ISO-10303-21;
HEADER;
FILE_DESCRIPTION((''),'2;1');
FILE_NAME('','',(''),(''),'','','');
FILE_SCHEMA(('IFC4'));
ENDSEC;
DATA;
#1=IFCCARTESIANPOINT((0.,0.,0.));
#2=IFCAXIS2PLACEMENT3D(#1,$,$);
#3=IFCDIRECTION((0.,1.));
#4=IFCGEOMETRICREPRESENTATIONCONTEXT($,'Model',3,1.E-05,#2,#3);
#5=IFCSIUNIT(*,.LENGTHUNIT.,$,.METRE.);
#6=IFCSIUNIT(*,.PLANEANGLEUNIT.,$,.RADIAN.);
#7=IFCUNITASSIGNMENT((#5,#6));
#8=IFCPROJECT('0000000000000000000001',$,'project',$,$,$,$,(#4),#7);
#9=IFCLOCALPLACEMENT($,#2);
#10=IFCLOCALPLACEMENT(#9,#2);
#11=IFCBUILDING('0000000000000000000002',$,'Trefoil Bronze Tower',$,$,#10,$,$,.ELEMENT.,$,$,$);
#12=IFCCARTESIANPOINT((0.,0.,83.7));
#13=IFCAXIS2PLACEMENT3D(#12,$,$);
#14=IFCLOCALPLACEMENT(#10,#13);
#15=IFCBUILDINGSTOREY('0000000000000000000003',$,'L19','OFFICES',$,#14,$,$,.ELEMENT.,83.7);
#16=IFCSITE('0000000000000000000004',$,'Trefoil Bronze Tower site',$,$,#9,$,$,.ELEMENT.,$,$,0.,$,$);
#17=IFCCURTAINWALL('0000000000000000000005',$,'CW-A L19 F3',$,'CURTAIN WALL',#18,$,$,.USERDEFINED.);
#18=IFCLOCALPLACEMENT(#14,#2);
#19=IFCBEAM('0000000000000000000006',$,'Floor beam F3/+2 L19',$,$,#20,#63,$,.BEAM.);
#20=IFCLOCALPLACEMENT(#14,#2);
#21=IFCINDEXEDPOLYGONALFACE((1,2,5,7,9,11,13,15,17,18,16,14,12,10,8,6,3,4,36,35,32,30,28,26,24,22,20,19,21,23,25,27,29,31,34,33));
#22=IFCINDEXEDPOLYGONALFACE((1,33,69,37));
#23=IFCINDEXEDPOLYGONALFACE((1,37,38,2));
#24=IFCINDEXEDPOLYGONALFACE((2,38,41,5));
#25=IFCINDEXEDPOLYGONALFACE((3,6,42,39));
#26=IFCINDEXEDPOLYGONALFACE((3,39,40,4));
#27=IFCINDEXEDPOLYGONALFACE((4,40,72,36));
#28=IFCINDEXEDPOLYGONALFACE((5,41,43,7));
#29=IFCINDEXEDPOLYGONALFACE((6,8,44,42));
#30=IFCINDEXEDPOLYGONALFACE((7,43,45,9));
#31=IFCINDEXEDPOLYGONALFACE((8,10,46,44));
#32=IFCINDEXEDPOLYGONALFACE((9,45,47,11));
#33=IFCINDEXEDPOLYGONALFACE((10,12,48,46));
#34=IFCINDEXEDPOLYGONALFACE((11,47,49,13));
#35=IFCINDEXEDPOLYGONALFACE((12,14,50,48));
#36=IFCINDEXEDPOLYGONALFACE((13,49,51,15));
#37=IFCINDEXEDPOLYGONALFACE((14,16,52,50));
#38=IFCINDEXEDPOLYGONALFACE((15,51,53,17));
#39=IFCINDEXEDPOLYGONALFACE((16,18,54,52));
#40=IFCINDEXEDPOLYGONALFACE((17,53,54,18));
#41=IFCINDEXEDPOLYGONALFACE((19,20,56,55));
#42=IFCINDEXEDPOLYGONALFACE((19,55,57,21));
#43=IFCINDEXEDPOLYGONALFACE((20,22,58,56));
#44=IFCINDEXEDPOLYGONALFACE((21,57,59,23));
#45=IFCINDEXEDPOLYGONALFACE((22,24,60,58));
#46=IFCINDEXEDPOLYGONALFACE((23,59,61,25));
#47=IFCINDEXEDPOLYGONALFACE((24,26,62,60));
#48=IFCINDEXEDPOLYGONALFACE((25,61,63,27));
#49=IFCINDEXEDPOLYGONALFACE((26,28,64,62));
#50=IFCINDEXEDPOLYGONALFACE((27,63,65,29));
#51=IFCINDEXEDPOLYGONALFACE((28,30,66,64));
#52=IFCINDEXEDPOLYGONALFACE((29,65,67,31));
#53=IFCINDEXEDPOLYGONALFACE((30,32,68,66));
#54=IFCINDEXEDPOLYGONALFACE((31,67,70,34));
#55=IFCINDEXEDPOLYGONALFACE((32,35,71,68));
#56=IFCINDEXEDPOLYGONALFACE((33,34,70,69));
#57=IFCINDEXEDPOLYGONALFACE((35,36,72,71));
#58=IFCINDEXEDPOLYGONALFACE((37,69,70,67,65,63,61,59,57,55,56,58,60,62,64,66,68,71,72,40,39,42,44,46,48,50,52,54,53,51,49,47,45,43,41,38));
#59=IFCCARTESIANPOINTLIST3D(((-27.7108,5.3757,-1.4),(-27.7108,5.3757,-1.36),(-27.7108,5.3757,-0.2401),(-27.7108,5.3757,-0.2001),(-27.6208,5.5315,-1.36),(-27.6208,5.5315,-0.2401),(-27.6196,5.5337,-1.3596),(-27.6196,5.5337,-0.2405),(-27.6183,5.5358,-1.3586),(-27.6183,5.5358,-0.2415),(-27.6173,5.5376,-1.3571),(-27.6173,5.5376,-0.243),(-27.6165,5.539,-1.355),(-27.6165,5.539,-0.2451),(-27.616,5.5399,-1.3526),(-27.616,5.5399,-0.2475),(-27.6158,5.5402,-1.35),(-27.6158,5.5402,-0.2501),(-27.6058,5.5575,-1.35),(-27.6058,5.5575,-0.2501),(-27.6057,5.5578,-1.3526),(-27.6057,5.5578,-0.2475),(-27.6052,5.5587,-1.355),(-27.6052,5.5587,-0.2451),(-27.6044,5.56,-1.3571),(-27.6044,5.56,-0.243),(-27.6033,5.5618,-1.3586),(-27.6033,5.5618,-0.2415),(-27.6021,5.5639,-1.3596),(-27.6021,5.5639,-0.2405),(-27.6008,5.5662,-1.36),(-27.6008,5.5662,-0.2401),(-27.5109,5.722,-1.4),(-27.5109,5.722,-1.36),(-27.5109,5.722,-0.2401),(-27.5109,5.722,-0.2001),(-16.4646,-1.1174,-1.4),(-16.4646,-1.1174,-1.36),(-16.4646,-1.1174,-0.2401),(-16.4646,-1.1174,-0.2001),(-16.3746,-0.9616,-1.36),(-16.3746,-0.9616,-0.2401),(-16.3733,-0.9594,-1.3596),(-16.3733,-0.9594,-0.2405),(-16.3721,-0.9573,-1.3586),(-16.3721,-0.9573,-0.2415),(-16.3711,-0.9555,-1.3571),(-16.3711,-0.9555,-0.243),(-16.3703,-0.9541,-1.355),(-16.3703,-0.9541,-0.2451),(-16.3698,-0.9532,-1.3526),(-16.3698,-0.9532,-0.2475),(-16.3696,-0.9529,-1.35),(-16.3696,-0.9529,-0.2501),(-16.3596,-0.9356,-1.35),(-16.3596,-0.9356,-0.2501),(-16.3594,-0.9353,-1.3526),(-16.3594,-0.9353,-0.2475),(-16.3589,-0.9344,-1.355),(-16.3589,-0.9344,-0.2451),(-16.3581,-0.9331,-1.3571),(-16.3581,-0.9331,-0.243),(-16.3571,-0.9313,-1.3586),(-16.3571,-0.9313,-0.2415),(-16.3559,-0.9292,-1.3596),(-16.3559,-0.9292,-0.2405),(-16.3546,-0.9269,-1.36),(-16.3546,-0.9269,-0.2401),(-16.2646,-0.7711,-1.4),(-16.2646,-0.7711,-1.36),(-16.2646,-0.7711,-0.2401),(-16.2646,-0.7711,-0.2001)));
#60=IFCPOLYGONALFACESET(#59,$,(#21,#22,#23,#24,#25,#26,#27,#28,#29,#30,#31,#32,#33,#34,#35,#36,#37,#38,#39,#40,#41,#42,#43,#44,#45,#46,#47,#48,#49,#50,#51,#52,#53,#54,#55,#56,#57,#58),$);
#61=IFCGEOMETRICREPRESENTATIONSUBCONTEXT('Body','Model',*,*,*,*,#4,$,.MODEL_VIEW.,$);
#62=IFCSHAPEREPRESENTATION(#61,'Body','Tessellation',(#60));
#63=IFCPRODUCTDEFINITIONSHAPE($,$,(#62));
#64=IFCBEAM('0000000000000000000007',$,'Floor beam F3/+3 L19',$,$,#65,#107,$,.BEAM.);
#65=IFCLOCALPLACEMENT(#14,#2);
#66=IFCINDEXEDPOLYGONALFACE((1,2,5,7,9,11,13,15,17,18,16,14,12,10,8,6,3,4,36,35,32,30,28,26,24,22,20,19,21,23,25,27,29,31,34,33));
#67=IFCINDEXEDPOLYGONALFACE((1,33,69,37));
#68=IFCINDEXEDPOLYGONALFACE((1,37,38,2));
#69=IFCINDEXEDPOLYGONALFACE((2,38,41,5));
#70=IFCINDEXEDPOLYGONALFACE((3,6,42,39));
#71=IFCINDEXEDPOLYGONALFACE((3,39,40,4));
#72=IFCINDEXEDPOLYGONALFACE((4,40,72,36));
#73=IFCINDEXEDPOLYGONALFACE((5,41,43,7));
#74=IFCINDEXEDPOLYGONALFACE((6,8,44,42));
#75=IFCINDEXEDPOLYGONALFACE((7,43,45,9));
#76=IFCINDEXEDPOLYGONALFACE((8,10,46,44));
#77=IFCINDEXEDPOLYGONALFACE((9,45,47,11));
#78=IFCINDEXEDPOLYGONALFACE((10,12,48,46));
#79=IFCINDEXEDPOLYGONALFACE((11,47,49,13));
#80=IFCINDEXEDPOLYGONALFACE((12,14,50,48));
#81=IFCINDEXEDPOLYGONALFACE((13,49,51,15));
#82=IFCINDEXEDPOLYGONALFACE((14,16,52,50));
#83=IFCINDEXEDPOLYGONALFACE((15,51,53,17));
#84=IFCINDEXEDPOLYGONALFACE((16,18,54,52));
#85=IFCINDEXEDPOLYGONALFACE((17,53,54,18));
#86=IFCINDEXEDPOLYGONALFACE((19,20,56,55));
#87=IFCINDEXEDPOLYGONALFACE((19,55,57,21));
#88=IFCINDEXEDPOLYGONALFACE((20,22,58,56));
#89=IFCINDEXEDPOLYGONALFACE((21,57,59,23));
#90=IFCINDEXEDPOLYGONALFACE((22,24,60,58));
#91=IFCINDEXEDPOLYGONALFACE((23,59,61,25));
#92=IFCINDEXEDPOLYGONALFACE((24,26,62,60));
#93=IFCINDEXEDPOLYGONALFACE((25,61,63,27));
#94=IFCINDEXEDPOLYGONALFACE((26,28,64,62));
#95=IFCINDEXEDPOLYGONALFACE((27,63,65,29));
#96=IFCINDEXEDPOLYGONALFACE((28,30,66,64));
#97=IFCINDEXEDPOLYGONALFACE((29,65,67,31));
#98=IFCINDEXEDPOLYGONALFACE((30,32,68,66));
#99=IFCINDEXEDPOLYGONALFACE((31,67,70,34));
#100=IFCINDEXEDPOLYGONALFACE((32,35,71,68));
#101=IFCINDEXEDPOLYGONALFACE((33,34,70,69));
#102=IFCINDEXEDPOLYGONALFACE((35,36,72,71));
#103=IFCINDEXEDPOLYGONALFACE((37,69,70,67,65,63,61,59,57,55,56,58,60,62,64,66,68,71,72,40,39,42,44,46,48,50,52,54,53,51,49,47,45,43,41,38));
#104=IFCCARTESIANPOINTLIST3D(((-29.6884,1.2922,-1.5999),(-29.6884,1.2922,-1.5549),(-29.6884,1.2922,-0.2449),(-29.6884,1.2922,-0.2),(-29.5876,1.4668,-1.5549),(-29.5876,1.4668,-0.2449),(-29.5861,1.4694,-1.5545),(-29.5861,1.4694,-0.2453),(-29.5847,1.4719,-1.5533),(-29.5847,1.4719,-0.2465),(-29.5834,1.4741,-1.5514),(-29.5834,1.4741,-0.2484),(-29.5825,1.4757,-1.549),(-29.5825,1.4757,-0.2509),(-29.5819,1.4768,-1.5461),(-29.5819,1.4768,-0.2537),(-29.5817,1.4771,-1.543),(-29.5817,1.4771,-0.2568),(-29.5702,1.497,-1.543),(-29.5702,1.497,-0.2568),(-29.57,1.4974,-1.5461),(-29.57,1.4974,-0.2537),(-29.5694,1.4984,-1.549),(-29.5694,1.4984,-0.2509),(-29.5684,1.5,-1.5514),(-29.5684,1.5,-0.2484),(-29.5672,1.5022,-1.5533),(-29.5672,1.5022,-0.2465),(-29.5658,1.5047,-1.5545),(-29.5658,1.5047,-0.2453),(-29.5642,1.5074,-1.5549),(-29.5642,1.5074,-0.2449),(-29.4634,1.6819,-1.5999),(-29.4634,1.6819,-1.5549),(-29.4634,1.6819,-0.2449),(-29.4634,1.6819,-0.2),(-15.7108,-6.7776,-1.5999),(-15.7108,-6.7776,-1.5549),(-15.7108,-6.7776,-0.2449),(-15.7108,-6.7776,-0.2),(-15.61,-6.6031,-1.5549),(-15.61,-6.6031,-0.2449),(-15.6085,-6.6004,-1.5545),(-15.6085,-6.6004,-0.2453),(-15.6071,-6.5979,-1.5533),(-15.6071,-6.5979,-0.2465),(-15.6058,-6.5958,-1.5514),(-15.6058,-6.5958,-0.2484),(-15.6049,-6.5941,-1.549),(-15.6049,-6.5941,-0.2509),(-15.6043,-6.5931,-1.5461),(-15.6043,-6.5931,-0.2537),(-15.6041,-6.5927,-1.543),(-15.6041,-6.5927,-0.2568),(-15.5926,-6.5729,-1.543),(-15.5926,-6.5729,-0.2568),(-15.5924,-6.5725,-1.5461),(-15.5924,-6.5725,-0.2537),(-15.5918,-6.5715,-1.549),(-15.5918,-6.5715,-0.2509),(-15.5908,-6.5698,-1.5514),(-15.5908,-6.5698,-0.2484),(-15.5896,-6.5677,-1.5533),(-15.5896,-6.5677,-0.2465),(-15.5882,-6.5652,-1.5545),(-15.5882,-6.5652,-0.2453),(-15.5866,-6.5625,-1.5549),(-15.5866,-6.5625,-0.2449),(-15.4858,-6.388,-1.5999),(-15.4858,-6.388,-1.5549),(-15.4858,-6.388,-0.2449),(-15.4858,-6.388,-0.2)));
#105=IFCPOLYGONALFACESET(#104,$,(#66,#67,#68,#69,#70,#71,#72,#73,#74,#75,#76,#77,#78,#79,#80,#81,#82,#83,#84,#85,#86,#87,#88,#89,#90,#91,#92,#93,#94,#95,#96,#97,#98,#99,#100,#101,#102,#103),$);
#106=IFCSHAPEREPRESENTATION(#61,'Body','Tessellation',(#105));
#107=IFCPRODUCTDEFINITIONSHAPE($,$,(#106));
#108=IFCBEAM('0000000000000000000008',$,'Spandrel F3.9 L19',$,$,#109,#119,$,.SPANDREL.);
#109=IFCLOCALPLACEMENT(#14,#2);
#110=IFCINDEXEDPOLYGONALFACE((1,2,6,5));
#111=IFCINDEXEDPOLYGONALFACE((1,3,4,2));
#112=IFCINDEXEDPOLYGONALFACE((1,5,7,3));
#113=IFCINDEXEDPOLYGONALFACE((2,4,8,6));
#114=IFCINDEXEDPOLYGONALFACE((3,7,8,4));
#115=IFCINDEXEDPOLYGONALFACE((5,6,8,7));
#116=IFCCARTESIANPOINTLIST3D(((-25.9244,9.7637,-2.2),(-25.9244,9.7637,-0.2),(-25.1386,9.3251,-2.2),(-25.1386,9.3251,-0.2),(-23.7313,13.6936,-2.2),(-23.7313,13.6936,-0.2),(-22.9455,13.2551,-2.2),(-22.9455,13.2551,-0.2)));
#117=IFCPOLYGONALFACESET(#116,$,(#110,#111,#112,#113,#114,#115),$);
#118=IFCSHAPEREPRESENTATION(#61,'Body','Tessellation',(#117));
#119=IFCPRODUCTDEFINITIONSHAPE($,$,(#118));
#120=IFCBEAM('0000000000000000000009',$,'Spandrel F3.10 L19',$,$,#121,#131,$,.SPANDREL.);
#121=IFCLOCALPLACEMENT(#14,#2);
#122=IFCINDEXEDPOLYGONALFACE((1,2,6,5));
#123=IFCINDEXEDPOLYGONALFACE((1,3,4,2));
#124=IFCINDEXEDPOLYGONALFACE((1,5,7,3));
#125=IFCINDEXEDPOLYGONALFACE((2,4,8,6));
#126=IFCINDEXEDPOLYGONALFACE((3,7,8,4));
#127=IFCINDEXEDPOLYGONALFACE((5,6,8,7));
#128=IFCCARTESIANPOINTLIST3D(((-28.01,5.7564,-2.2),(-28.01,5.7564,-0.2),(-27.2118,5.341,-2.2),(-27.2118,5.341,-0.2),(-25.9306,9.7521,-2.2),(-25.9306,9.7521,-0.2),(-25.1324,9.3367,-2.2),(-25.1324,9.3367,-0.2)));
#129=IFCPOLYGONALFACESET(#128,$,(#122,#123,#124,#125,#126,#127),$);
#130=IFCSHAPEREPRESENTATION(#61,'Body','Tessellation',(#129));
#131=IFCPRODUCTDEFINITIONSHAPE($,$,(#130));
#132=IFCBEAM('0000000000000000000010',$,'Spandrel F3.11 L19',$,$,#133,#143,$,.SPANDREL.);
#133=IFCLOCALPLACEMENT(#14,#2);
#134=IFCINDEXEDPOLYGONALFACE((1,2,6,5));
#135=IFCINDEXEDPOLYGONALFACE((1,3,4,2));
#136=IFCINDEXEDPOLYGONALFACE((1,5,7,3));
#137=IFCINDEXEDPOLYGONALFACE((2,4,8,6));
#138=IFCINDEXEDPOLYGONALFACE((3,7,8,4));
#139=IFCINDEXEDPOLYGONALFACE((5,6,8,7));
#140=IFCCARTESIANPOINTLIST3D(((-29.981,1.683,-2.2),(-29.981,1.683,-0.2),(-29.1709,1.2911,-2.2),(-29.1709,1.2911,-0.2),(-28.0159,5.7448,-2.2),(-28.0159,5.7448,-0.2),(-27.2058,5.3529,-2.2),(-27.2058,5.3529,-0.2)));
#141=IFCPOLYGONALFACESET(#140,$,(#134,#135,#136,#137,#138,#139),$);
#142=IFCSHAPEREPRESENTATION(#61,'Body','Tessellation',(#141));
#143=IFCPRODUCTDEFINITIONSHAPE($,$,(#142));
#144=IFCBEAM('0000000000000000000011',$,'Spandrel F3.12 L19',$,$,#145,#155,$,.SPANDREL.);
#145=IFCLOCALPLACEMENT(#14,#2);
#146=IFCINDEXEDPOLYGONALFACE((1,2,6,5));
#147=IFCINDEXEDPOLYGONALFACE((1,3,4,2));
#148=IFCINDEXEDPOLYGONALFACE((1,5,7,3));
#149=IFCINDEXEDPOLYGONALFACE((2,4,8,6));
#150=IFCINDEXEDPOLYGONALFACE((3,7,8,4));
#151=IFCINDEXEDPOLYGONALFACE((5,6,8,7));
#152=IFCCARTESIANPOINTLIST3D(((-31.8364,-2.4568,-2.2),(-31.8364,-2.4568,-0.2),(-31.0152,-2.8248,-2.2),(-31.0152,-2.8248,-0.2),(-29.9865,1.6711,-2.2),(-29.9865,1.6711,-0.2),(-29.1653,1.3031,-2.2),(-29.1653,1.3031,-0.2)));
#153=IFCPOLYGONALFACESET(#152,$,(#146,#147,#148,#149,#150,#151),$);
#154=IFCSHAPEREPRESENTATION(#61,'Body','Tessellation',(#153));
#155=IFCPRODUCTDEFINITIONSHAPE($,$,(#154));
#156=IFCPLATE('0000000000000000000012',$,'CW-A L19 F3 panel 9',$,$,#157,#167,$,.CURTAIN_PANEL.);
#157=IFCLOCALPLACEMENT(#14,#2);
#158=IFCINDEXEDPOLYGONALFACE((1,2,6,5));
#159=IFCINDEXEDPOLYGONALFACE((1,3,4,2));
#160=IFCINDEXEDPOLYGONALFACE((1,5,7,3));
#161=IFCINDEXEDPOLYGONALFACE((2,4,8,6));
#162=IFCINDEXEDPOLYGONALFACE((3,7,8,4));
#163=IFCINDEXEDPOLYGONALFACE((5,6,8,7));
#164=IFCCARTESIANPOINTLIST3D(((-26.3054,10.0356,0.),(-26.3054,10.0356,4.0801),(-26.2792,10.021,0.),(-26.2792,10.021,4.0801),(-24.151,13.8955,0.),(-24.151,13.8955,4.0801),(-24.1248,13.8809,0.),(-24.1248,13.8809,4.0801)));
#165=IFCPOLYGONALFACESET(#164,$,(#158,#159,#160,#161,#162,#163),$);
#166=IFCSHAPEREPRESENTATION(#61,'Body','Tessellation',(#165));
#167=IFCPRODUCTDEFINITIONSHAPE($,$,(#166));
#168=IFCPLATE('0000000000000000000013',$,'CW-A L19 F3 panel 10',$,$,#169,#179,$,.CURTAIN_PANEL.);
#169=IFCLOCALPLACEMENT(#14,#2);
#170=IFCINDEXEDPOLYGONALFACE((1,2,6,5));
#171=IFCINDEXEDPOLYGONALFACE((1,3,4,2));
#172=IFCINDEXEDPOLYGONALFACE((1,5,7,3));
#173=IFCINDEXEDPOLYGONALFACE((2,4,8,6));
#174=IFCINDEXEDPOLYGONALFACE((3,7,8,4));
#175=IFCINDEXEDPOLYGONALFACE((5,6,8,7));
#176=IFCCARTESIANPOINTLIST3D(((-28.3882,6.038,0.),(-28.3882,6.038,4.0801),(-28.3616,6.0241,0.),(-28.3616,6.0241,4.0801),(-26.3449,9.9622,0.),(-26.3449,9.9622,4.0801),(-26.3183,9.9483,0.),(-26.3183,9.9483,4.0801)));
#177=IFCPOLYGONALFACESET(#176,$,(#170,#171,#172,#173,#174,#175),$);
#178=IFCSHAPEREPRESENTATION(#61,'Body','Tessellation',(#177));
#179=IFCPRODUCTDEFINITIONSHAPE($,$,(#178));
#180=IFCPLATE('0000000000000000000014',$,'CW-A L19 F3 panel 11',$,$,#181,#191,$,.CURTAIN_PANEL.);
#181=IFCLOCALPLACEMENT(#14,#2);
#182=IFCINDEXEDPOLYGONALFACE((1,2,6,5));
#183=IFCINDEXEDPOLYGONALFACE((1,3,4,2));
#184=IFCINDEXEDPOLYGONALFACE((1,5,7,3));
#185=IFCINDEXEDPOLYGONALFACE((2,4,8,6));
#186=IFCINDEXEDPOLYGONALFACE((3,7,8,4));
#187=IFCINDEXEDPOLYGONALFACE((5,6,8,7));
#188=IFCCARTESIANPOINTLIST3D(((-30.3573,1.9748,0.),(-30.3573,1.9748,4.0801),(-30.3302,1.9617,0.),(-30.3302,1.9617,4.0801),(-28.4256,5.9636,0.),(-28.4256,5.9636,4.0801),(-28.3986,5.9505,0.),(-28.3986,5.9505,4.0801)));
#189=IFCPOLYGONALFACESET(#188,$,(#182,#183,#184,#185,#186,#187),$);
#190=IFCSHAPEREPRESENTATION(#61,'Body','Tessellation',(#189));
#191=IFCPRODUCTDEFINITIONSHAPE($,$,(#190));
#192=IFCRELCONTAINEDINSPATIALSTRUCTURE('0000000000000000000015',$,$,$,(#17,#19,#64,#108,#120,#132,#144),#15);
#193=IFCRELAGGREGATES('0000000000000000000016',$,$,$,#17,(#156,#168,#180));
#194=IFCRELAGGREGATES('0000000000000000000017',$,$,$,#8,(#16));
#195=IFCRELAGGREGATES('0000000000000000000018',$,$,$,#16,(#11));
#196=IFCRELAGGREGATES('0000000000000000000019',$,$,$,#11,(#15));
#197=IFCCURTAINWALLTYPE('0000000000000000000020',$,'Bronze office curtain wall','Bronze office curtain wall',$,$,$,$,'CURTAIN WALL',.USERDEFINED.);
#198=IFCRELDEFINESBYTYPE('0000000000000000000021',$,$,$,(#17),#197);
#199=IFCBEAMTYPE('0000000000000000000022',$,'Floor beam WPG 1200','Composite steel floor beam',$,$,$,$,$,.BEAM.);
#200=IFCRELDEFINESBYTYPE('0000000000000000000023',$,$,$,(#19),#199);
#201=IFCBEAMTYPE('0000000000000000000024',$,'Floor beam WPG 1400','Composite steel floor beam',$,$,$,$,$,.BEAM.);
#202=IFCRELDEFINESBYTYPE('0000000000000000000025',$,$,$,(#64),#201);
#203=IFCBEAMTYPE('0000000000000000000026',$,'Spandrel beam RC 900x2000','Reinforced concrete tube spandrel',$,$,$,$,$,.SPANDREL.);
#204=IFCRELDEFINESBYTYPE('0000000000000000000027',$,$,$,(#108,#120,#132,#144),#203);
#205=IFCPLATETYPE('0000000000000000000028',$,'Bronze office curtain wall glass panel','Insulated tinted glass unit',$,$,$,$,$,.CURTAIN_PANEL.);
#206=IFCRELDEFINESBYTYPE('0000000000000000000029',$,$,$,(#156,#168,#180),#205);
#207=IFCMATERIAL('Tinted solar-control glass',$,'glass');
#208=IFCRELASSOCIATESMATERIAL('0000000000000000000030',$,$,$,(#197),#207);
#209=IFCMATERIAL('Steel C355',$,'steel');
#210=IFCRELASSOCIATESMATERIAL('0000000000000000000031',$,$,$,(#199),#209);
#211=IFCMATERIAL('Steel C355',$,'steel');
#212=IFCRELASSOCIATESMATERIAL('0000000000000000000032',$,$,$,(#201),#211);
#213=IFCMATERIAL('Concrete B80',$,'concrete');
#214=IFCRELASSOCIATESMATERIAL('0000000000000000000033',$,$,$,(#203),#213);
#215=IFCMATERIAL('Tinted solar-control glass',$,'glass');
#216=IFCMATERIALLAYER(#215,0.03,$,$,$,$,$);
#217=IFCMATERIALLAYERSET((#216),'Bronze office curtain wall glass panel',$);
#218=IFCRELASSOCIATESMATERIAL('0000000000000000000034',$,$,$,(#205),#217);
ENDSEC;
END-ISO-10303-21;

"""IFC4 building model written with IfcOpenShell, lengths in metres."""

from ifc_helpers import new_model, si_unit, direction, frame, origin, origin_2d, place, context, subcontext, project, spatial, rectangle, i_section, extrude, material, layer, layer_set, material_profile, profile_set, type_object, element, aggregate, save


model = new_model("IFC4")

# Units and contexts
model_context = context("Model", 3, precision=1e-05, world=origin(), true_north=direction((0.0, 1.0)))
body_context = subcontext(model_context, "Body", "Model", "MODEL_VIEW")
ifc_project = project(units=[si_unit("LENGTHUNIT", "METRE"), si_unit("PLANEANGLEUNIT", "RADIAN")], contexts=[model_context])

# Site, building, storey
site_placement = place(None, origin())
site = spatial("IfcSite", under=ifc_project, at=site_placement, Name="Trefoil Bronze Tower site", CompositionType="ELEMENT", RefElevation=0.0)
building_placement = place(site_placement, origin())
building = spatial("IfcBuilding", under=site, at=building_placement, Name="Trefoil Bronze Tower", CompositionType="ELEMENT")
storey_placement = place(building_placement, frame((0.0, 0.0, 83.7)))
storey = spatial("IfcBuildingStorey", under=building, at=storey_placement, Name="L19", Description="OFFICES", CompositionType="ELEMENT", Elevation=83.7)

# Curtain wall
ifc_material_1 = material(Name="Tinted solar-control glass", Category="glass")
curtain_wall_type = type_object("IfcCurtainWallType", Name="Bronze office curtain wall", Description="Bronze office curtain wall", ElementType="CURTAIN WALL", PredefinedType="USERDEFINED", material=ifc_material_1)
curtain_wall_placement = place(storey_placement, origin())
curtain_wall = element("IfcCurtainWall", 1, at=curtain_wall_placement, inside=storey, type_object=curtain_wall_type, Name="CW-A L19 F3", ObjectType="CURTAIN WALL", PredefinedType="USERDEFINED")

# Beams
ifc_material_2 = material(Name="Steel C355", Category="steel")
ifc_material_profile_1 = material_profile(ifc_material_2, i_section(OverallWidth=0.3999, OverallDepth=1.2, WebThickness=0.02, FlangeThickness=0.04, FilletRadius=0.01, at=origin_2d()), Name="WPG 1200")
ifc_profile_set_1 = profile_set([ifc_material_profile_1], Name="Steel C355")
beam_type_1 = type_object("IfcBeamType", Name="Floor beam WPG 1200", Description="Composite steel floor beam", PredefinedType="BEAM", material=ifc_profile_set_1)
beam_1_placement = place(storey_placement, frame((-27.6108, 5.5488, -0.8), z_axis=(0.866022, -0.500005, 0.0), x_axis=(0.500005, 0.866022, 0.0)))
element("IfcBeam", 2, at=beam_1_placement, inside=storey, type_object=beam_type_1, Name="Floor beam F3/+2 L19", PredefinedType="BEAM", context=body_context, shape_type="SweptSolid", body=[
    extrude(i_section(OverallWidth=0.3999, OverallDepth=1.2, WebThickness=0.02, FlangeThickness=0.04, FilletRadius=0.01, at=origin_2d()), origin(), (0.0, 0.0, 1.0), 12.9861),
])
ifc_material_3 = material(Name="Steel C355", Category="steel")
ifc_material_profile_2 = material_profile(ifc_material_3, i_section(OverallWidth=0.45, OverallDepth=1.3999, WebThickness=0.0229, FlangeThickness=0.0449, FilletRadius=0.012, at=origin_2d()), Name="WPG 1400")
ifc_profile_set_2 = profile_set([ifc_material_profile_2], Name="Steel C355")
beam_type_2 = type_object("IfcBeamType", Name="Floor beam WPG 1400", Description="Composite steel floor beam", PredefinedType="BEAM", material=ifc_profile_set_2)
beam_2_placement = place(storey_placement, frame((-29.5759, 1.4871, -0.8999), z_axis=(0.866028, -0.499995, 0.0), x_axis=(0.499995, 0.866028, 0.0)))
element("IfcBeam", 3, at=beam_2_placement, inside=storey, type_object=beam_type_2, Name="Floor beam F3/+3 L19", PredefinedType="BEAM", context=body_context, shape_type="SweptSolid", body=[
    extrude(i_section(OverallWidth=0.45, OverallDepth=1.3999, WebThickness=0.0229, FlangeThickness=0.0449, FilletRadius=0.012, at=origin_2d()), origin(), (0.0, 0.0, 1.0), 16.1399),
])
ifc_material_4 = material(Name="Concrete B80", Category="concrete")
ifc_material_profile_3 = material_profile(ifc_material_4, rectangle(XDim=0.8999, YDim=2.0, at=origin_2d()), Name="RC 900x2000")
ifc_profile_set_3 = profile_set([ifc_material_profile_3], Name="Concrete B80")
beam_type_3 = type_object("IfcBeamType", Name="Spandrel beam RC 900x2000", Description="Reinforced concrete tube spandrel", PredefinedType="SPANDREL", material=ifc_profile_set_3)
beam_3_placement = place(storey_placement, frame((-23.3384, 13.4744, -1.2), z_axis=(-0.487309, -0.873229, 0.0), x_axis=(0.873229, -0.487309, 0.0)))
element("IfcBeam", 4, at=beam_3_placement, inside=storey, type_object=beam_type_3, Name="Spandrel F3.9 L19", PredefinedType="SPANDREL", context=body_context, shape_type="SweptSolid", body=[
    extrude(rectangle(XDim=0.8999, YDim=2.0, at=origin_2d()), origin(), (0.0, 0.0, 1.0), 4.5005),
])
beam_4_placement = place(storey_placement, frame((-25.5315, 9.5444, -1.2), z_axis=(-0.461638, -0.887069, 0.0), x_axis=(0.887069, -0.461638, 0.0)))
element("IfcBeam", 5, at=beam_4_placement, inside=storey, type_object=beam_type_3, Name="Spandrel F3.10 L19", PredefinedType="SPANDREL", context=body_context, shape_type="SweptSolid", body=[
    extrude(rectangle(XDim=0.8999, YDim=2.0, at=origin_2d()), origin(), (0.0, 0.0, 1.0), 4.5044),
])
beam_5_placement = place(storey_placement, frame((-27.6108, 5.5488, -1.2), z_axis=(-0.43551, -0.900184, 0.0), x_axis=(0.900184, -0.43551, 0.0)))
element("IfcBeam", 6, at=beam_5_placement, inside=storey, type_object=beam_type_3, Name="Spandrel F3.11 L19", PredefinedType="SPANDREL", context=body_context, shape_type="SweptSolid", body=[
    extrude(rectangle(XDim=0.8999, YDim=2.0, at=origin_2d()), origin(), (0.0, 0.0, 1.0), 4.5122),
])
beam_6_placement = place(storey_placement, frame((-29.5759, 1.4871, -1.2), z_axis=(-0.408946, -0.912559, 0.0), x_axis=(0.912559, -0.408946, 0.0)))
element("IfcBeam", 7, at=beam_6_placement, inside=storey, type_object=beam_type_3, Name="Spandrel F3.12 L19", PredefinedType="SPANDREL", context=body_context, shape_type="SweptSolid", body=[
    extrude(rectangle(XDim=0.8999, YDim=2.0, at=origin_2d()), origin(), (0.0, 0.0, 1.0), 4.5234),
])

# Plates
ifc_material_5 = material(Name="Tinted solar-control glass", Category="glass")
ifc_layer_1 = layer(ifc_material_5, 0.03)
ifc_layer_set_1 = layer_set([ifc_layer_1], Name="Bronze office curtain wall glass panel")
plate_type = type_object("IfcPlateType", Name="Bronze office curtain wall glass panel", Description="Insulated tinted glass unit", PredefinedType="CURTAIN_PANEL", material=ifc_layer_set_1)
plate_1_placement = place(storey_placement, frame((-25.2151, 11.9583, 0.0), z_axis=(0.0, 0.0, 1.0), x_axis=(-0.487382, -0.873189, 0.0)))
plate_1 = element("IfcPlate", 8, at=plate_1_placement, type_object=plate_type, Name="CW-A L19 F3 panel 9", PredefinedType="CURTAIN_PANEL", context=body_context, shape_type="SweptSolid", body=[
    extrude(rectangle(XDim=4.4204, YDim=0.03, at=origin_2d()), origin(), (0.0, 0.0, 1.0), 4.0801),
])
plate_2_placement = place(storey_placement, frame((-27.3533, 7.9932, 0.0), z_axis=(0.0, 0.0, 1.0), x_axis=(-0.46183, -0.886969, 0.0)))
plate_2 = element("IfcPlate", 9, at=plate_2_placement, type_object=plate_type, Name="CW-A L19 F3 panel 10", PredefinedType="CURTAIN_PANEL", context=body_context, shape_type="SweptSolid", body=[
    extrude(rectangle(XDim=4.4243, YDim=0.03, at=origin_2d()), origin(), (0.0, 0.0, 1.0), 4.0801),
])
plate_3_placement = place(storey_placement, frame((-29.3779, 3.9626, 0.0), z_axis=(0.0, 0.0, 1.0), x_axis=(-0.435855, -0.900017, 0.0)))
plate_3 = element("IfcPlate", 10, at=plate_3_placement, type_object=plate_type, Name="CW-A L19 F3 panel 11", PredefinedType="CURTAIN_PANEL", context=body_context, shape_type="SweptSolid", body=[
    extrude(rectangle(XDim=4.4319, YDim=0.03, at=origin_2d()), origin(), (0.0, 0.0, 1.0), 4.0801),
])
aggregate(curtain_wall, [plate_1, plate_2, plate_3])

save(model, "model.ifc")
